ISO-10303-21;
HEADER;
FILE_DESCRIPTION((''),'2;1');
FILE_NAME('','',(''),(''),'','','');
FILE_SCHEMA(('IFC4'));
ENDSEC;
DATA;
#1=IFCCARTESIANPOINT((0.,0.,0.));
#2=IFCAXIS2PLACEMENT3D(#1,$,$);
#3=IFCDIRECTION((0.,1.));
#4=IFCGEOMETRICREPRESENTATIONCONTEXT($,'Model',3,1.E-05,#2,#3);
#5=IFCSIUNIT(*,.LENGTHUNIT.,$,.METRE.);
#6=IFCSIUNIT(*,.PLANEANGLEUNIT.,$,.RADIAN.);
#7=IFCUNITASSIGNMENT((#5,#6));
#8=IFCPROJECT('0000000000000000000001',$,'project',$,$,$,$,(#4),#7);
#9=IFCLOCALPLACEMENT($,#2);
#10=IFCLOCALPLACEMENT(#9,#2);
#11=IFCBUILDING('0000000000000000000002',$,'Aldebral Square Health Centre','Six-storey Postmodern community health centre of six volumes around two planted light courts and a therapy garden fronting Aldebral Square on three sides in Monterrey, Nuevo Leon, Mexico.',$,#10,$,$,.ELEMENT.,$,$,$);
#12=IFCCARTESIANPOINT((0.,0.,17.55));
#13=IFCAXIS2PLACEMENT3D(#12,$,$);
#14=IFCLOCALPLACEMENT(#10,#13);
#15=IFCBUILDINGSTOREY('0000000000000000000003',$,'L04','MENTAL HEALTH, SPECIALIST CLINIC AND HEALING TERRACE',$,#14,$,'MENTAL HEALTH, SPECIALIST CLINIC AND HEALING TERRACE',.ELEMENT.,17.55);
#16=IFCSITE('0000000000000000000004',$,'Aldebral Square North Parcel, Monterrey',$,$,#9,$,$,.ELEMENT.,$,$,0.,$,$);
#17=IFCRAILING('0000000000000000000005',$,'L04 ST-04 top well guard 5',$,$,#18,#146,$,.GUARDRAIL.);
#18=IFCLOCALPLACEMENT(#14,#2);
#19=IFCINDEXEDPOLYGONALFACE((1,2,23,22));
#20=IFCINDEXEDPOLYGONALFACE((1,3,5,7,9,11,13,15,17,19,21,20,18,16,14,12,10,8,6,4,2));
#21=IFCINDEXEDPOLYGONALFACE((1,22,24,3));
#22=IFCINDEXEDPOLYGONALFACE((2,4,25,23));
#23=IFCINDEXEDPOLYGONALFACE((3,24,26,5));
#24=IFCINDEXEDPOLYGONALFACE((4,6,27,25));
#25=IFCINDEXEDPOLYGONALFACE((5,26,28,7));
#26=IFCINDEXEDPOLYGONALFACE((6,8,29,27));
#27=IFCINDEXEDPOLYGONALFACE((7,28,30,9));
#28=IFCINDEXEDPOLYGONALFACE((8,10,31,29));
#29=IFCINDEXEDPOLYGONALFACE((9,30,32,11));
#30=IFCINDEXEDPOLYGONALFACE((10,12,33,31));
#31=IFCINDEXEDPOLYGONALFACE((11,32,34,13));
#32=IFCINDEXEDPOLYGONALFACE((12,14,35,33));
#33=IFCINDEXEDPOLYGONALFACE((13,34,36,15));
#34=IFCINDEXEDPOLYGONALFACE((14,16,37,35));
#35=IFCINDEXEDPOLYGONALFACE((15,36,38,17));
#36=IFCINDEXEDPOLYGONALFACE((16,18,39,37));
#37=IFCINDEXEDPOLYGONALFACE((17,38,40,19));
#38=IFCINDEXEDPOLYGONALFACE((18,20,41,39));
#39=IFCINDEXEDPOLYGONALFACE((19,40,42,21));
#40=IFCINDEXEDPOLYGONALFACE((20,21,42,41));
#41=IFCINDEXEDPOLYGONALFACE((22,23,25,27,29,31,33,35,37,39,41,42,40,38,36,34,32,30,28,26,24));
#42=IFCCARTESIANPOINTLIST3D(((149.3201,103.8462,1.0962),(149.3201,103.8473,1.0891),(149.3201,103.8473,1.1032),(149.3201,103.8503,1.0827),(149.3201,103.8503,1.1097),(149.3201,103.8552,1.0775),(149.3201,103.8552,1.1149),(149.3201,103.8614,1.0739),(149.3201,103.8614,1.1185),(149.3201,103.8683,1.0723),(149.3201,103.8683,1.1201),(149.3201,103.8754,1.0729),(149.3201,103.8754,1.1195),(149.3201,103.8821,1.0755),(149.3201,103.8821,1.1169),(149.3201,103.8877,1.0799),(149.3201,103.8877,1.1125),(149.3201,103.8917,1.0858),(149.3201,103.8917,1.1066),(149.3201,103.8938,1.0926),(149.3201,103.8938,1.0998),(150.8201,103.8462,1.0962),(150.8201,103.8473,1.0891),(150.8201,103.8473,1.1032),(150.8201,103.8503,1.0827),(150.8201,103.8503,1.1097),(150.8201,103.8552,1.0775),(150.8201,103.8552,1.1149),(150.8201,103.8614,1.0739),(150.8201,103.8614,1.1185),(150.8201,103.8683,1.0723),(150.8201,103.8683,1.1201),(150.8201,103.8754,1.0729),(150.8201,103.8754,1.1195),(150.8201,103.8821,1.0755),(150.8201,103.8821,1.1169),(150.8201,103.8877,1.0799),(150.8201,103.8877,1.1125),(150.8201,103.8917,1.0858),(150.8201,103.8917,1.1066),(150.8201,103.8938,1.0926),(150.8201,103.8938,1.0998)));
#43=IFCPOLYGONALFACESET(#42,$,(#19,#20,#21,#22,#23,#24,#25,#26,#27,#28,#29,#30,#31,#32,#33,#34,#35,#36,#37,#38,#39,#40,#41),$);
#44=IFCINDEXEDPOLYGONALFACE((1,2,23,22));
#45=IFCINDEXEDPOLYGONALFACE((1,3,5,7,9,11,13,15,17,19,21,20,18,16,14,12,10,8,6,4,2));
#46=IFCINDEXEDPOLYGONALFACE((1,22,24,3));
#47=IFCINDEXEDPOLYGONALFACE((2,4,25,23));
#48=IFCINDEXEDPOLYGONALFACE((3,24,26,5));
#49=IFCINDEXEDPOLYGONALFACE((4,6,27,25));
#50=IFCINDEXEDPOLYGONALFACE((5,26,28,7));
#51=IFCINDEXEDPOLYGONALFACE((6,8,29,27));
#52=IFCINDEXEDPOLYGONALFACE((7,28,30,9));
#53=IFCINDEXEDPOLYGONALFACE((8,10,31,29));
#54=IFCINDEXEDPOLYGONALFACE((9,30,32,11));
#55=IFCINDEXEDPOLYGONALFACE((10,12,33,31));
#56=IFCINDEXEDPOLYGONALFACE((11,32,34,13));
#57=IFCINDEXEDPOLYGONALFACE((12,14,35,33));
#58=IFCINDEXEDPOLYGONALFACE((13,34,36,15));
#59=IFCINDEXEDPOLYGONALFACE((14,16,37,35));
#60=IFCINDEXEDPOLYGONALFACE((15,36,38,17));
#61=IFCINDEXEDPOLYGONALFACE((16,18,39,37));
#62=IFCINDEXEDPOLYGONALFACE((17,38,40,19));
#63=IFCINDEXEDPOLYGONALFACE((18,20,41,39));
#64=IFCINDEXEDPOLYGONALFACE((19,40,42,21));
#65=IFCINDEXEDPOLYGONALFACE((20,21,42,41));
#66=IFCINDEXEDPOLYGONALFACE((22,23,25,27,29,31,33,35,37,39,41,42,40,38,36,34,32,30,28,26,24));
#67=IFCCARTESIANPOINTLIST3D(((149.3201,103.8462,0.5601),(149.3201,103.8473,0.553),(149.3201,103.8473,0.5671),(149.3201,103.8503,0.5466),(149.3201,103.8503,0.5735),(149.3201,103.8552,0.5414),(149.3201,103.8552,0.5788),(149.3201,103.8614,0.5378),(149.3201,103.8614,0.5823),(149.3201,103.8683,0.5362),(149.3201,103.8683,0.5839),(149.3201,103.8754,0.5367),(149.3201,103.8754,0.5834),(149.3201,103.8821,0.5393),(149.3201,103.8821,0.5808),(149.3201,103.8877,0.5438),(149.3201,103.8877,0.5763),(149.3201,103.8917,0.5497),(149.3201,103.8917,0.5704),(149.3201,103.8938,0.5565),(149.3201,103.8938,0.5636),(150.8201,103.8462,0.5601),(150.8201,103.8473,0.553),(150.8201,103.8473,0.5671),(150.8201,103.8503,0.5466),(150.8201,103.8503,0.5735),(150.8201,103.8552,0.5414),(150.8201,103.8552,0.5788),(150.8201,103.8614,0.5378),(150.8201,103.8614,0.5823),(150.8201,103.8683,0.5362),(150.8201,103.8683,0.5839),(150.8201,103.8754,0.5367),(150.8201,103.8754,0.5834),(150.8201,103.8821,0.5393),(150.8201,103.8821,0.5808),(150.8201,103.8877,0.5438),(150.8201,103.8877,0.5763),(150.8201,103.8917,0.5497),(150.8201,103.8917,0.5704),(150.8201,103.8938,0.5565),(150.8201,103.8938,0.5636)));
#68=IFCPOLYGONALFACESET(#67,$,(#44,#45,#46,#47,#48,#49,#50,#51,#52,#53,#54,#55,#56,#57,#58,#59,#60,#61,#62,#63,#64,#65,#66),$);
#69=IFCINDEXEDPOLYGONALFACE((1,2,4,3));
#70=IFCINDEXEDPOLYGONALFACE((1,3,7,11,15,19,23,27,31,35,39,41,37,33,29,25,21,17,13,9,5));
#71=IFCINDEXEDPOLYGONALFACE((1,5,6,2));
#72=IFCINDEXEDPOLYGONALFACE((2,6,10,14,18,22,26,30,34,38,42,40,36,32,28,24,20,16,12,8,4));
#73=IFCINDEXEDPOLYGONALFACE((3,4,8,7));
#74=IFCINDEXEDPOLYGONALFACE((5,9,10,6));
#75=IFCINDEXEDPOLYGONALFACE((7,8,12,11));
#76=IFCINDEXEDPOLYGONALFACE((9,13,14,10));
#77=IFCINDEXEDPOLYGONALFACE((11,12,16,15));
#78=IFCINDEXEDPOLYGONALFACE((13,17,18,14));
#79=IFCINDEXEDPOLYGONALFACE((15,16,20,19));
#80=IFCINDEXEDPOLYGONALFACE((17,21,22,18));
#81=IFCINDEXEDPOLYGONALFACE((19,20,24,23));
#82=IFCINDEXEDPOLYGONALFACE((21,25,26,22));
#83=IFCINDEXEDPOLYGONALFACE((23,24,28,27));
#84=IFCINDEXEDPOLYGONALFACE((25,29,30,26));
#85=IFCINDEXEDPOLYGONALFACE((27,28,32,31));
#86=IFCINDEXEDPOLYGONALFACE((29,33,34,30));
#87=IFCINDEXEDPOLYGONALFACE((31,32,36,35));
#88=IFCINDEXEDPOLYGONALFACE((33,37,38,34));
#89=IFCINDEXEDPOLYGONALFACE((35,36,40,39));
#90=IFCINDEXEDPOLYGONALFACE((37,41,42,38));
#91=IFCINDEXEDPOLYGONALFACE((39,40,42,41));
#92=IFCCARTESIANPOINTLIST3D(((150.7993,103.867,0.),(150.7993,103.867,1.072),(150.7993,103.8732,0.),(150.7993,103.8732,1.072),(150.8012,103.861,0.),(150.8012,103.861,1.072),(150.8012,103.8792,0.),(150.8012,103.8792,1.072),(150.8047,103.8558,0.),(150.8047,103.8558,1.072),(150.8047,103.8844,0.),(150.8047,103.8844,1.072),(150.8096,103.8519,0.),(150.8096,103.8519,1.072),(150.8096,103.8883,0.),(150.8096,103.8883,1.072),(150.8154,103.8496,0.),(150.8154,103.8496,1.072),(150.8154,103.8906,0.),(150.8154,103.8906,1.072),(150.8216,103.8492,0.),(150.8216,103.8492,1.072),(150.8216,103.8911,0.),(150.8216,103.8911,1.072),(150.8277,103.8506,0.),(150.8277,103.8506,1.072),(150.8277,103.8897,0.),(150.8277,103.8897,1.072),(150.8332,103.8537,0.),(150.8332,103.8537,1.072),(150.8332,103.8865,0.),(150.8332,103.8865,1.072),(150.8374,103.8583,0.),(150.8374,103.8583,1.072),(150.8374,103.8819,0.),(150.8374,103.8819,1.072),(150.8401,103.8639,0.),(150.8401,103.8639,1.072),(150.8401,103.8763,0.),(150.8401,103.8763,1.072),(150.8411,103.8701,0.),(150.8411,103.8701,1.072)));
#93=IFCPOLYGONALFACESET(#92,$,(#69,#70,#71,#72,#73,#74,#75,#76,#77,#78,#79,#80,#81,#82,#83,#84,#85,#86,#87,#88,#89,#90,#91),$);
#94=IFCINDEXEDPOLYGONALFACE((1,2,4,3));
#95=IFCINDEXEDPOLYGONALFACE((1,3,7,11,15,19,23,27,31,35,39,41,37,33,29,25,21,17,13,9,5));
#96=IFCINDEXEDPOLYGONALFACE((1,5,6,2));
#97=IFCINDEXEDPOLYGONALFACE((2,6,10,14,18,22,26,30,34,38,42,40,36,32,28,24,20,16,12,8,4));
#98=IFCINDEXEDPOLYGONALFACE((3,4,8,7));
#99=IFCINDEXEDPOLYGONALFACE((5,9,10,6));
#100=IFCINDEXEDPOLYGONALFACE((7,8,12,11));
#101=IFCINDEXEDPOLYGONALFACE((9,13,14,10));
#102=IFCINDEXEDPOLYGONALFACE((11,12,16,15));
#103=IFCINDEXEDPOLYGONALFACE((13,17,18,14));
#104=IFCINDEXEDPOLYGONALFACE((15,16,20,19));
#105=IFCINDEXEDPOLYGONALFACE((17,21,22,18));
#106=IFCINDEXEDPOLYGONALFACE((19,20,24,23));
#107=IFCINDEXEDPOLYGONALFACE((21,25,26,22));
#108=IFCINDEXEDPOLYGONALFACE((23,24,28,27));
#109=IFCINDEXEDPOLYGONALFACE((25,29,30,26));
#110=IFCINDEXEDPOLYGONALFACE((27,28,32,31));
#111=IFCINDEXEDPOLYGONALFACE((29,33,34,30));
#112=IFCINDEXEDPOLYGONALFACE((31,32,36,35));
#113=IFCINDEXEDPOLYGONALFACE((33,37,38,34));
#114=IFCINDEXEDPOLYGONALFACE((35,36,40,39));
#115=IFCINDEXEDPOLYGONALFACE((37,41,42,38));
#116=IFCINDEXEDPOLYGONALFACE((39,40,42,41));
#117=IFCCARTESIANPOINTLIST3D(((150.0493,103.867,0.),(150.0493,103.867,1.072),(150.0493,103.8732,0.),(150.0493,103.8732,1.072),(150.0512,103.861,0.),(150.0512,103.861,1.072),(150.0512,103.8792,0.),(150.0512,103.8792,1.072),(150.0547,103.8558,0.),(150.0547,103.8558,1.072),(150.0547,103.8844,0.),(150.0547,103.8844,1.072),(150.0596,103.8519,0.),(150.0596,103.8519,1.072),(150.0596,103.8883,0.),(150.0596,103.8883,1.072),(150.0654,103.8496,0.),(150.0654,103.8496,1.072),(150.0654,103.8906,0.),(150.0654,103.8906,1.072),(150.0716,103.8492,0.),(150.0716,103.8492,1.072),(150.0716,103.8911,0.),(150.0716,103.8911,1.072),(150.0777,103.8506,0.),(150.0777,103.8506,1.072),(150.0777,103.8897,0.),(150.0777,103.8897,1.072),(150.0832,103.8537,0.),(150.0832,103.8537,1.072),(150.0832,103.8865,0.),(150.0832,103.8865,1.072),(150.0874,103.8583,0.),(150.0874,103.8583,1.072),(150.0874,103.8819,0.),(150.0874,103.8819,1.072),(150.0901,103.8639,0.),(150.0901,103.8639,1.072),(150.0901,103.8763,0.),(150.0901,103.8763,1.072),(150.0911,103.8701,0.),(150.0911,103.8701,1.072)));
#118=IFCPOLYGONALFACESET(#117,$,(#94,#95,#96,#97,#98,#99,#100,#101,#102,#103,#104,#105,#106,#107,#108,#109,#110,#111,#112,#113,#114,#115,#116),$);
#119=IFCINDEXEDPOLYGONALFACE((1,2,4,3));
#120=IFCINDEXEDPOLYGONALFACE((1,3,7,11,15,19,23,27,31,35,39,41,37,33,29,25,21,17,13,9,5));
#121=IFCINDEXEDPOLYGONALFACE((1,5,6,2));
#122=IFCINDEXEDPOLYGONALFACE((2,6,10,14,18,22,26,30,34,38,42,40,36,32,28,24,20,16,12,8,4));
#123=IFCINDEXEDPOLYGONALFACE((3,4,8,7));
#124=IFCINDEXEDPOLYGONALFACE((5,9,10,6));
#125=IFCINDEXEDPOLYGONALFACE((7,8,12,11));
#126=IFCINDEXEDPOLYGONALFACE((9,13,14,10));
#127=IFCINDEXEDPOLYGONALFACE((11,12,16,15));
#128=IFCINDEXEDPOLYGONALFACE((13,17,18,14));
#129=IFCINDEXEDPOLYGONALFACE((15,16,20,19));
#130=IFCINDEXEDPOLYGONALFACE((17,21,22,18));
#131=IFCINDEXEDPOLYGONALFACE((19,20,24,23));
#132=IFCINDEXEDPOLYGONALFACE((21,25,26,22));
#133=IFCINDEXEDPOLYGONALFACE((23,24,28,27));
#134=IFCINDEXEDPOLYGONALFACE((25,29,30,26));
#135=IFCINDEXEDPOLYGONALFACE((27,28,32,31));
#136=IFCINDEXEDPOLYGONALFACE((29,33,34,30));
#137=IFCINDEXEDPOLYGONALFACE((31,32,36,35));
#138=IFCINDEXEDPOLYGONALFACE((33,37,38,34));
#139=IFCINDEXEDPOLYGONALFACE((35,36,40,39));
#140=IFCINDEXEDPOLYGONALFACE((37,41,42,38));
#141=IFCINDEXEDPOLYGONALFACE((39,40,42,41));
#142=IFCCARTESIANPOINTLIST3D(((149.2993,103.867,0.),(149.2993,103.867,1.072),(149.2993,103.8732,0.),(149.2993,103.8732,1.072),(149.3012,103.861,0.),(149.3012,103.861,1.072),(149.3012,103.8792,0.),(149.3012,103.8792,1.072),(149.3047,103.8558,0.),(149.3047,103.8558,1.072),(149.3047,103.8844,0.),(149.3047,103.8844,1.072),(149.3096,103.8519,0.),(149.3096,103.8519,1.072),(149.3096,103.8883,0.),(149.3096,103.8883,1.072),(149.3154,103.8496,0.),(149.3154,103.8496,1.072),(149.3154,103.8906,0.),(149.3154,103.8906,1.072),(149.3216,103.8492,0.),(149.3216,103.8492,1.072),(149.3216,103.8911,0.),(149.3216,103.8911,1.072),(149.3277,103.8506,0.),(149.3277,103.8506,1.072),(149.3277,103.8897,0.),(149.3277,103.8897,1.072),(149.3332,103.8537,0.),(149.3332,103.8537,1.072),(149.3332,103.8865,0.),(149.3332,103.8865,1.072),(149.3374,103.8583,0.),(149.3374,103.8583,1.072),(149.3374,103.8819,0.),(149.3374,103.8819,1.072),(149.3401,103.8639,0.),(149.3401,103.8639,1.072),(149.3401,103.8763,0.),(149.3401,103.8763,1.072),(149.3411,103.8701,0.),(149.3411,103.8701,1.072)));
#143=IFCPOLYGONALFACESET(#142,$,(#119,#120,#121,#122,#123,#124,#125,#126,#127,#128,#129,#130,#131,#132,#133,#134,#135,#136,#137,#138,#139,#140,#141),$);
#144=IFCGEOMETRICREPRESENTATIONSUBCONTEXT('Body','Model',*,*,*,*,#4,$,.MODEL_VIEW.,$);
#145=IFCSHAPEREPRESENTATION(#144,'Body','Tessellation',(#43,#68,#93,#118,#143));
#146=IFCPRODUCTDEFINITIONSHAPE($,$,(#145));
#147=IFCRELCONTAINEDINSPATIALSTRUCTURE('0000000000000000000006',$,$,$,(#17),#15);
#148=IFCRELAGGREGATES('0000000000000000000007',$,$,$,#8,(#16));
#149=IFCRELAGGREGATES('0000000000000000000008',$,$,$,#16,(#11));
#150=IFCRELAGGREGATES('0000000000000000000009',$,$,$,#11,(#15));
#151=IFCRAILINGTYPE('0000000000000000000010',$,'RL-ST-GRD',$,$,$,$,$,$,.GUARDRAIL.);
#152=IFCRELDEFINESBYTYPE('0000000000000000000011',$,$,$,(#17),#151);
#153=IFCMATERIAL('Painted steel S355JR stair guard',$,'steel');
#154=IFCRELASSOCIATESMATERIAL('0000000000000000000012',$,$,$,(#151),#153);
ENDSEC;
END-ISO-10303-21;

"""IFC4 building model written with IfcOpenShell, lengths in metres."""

from ifc_helpers import new_model, si_unit, direction, frame, origin, origin_2d, place, context, subcontext, project, spatial, circle, extrude, material, type_object, element, save


model = new_model("IFC4")

# Units and contexts
model_context = context("Model", 3, precision=1e-05, world=origin(), true_north=direction((0.0, 1.0)))
body_context = subcontext(model_context, "Body", "Model", "MODEL_VIEW")
ifc_project = project(units=[si_unit("LENGTHUNIT", "METRE"), si_unit("PLANEANGLEUNIT", "RADIAN")], contexts=[model_context])

# Site, building, storey
site_placement = place(None, origin())
site = spatial("IfcSite", under=ifc_project, at=site_placement, Name="Aldebral Square North Parcel, Monterrey", CompositionType="ELEMENT", RefElevation=0.0)
building_placement = place(site_placement, origin())
building = spatial("IfcBuilding", under=site, at=building_placement, Name="Aldebral Square Health Centre", Description="Six-storey Postmodern community health centre of six volumes around two planted light courts and a therapy garden fronting Aldebral Square on three sides in Monterrey, Nuevo Leon, Mexico.", CompositionType="ELEMENT")
storey_placement = place(building_placement, frame((0.0, 0.0, 17.55)))
storey = spatial("IfcBuildingStorey", under=building, at=storey_placement, Name="L04", Description="MENTAL HEALTH, SPECIALIST CLINIC AND HEALING TERRACE", LongName="MENTAL HEALTH, SPECIALIST CLINIC AND HEALING TERRACE", CompositionType="ELEMENT", Elevation=17.55)

# Railing
ifc_material_1 = material(Name="Painted steel S355JR stair guard", Category="steel")
railing_type = type_object("IfcRailingType", Name="RL-ST-GRD", PredefinedType="GUARDRAIL", material=ifc_material_1)
for number, where, name in (
    (1, (150.8201, 103.8701, 0.0), "L04 ST-04 top well guard 5"),
):
    element("IfcRailing", number, at=place(storey_placement, frame(where)), inside=storey, type_object=railing_type, Name=name, PredefinedType="GUARDRAIL", context=body_context, shape_type="SweptSolid", body=[
        extrude(circle(Radius=0.0239, at=origin_2d()), frame((0.0, 0.0, 1.0962), z_axis=(-1.0, 0.0, 0.0), x_axis=(0.0, -1.0, 0.0)), (0.0, 0.0, 1.0), 1.5),
        extrude(circle(Radius=0.0239, at=origin_2d()), frame((0.0, 0.0, 0.5601), z_axis=(-1.0, 0.0, 0.0), x_axis=(0.0, -1.0, 0.0)), (0.0, 0.0, 1.0), 1.5),
        extrude(circle(Radius=0.021, at=origin_2d()), origin(), (0.0, 0.0, 1.0), 1.072),
        extrude(circle(Radius=0.021, at=origin_2d()), frame((-0.75, 0.0, 0.0)), (0.0, 0.0, 1.0), 1.072),
        extrude(circle(Radius=0.021, at=origin_2d()), frame((-1.5, 0.0, 0.0)), (0.0, 0.0, 1.0), 1.072),
    ])

save(model, "model.ifc")
